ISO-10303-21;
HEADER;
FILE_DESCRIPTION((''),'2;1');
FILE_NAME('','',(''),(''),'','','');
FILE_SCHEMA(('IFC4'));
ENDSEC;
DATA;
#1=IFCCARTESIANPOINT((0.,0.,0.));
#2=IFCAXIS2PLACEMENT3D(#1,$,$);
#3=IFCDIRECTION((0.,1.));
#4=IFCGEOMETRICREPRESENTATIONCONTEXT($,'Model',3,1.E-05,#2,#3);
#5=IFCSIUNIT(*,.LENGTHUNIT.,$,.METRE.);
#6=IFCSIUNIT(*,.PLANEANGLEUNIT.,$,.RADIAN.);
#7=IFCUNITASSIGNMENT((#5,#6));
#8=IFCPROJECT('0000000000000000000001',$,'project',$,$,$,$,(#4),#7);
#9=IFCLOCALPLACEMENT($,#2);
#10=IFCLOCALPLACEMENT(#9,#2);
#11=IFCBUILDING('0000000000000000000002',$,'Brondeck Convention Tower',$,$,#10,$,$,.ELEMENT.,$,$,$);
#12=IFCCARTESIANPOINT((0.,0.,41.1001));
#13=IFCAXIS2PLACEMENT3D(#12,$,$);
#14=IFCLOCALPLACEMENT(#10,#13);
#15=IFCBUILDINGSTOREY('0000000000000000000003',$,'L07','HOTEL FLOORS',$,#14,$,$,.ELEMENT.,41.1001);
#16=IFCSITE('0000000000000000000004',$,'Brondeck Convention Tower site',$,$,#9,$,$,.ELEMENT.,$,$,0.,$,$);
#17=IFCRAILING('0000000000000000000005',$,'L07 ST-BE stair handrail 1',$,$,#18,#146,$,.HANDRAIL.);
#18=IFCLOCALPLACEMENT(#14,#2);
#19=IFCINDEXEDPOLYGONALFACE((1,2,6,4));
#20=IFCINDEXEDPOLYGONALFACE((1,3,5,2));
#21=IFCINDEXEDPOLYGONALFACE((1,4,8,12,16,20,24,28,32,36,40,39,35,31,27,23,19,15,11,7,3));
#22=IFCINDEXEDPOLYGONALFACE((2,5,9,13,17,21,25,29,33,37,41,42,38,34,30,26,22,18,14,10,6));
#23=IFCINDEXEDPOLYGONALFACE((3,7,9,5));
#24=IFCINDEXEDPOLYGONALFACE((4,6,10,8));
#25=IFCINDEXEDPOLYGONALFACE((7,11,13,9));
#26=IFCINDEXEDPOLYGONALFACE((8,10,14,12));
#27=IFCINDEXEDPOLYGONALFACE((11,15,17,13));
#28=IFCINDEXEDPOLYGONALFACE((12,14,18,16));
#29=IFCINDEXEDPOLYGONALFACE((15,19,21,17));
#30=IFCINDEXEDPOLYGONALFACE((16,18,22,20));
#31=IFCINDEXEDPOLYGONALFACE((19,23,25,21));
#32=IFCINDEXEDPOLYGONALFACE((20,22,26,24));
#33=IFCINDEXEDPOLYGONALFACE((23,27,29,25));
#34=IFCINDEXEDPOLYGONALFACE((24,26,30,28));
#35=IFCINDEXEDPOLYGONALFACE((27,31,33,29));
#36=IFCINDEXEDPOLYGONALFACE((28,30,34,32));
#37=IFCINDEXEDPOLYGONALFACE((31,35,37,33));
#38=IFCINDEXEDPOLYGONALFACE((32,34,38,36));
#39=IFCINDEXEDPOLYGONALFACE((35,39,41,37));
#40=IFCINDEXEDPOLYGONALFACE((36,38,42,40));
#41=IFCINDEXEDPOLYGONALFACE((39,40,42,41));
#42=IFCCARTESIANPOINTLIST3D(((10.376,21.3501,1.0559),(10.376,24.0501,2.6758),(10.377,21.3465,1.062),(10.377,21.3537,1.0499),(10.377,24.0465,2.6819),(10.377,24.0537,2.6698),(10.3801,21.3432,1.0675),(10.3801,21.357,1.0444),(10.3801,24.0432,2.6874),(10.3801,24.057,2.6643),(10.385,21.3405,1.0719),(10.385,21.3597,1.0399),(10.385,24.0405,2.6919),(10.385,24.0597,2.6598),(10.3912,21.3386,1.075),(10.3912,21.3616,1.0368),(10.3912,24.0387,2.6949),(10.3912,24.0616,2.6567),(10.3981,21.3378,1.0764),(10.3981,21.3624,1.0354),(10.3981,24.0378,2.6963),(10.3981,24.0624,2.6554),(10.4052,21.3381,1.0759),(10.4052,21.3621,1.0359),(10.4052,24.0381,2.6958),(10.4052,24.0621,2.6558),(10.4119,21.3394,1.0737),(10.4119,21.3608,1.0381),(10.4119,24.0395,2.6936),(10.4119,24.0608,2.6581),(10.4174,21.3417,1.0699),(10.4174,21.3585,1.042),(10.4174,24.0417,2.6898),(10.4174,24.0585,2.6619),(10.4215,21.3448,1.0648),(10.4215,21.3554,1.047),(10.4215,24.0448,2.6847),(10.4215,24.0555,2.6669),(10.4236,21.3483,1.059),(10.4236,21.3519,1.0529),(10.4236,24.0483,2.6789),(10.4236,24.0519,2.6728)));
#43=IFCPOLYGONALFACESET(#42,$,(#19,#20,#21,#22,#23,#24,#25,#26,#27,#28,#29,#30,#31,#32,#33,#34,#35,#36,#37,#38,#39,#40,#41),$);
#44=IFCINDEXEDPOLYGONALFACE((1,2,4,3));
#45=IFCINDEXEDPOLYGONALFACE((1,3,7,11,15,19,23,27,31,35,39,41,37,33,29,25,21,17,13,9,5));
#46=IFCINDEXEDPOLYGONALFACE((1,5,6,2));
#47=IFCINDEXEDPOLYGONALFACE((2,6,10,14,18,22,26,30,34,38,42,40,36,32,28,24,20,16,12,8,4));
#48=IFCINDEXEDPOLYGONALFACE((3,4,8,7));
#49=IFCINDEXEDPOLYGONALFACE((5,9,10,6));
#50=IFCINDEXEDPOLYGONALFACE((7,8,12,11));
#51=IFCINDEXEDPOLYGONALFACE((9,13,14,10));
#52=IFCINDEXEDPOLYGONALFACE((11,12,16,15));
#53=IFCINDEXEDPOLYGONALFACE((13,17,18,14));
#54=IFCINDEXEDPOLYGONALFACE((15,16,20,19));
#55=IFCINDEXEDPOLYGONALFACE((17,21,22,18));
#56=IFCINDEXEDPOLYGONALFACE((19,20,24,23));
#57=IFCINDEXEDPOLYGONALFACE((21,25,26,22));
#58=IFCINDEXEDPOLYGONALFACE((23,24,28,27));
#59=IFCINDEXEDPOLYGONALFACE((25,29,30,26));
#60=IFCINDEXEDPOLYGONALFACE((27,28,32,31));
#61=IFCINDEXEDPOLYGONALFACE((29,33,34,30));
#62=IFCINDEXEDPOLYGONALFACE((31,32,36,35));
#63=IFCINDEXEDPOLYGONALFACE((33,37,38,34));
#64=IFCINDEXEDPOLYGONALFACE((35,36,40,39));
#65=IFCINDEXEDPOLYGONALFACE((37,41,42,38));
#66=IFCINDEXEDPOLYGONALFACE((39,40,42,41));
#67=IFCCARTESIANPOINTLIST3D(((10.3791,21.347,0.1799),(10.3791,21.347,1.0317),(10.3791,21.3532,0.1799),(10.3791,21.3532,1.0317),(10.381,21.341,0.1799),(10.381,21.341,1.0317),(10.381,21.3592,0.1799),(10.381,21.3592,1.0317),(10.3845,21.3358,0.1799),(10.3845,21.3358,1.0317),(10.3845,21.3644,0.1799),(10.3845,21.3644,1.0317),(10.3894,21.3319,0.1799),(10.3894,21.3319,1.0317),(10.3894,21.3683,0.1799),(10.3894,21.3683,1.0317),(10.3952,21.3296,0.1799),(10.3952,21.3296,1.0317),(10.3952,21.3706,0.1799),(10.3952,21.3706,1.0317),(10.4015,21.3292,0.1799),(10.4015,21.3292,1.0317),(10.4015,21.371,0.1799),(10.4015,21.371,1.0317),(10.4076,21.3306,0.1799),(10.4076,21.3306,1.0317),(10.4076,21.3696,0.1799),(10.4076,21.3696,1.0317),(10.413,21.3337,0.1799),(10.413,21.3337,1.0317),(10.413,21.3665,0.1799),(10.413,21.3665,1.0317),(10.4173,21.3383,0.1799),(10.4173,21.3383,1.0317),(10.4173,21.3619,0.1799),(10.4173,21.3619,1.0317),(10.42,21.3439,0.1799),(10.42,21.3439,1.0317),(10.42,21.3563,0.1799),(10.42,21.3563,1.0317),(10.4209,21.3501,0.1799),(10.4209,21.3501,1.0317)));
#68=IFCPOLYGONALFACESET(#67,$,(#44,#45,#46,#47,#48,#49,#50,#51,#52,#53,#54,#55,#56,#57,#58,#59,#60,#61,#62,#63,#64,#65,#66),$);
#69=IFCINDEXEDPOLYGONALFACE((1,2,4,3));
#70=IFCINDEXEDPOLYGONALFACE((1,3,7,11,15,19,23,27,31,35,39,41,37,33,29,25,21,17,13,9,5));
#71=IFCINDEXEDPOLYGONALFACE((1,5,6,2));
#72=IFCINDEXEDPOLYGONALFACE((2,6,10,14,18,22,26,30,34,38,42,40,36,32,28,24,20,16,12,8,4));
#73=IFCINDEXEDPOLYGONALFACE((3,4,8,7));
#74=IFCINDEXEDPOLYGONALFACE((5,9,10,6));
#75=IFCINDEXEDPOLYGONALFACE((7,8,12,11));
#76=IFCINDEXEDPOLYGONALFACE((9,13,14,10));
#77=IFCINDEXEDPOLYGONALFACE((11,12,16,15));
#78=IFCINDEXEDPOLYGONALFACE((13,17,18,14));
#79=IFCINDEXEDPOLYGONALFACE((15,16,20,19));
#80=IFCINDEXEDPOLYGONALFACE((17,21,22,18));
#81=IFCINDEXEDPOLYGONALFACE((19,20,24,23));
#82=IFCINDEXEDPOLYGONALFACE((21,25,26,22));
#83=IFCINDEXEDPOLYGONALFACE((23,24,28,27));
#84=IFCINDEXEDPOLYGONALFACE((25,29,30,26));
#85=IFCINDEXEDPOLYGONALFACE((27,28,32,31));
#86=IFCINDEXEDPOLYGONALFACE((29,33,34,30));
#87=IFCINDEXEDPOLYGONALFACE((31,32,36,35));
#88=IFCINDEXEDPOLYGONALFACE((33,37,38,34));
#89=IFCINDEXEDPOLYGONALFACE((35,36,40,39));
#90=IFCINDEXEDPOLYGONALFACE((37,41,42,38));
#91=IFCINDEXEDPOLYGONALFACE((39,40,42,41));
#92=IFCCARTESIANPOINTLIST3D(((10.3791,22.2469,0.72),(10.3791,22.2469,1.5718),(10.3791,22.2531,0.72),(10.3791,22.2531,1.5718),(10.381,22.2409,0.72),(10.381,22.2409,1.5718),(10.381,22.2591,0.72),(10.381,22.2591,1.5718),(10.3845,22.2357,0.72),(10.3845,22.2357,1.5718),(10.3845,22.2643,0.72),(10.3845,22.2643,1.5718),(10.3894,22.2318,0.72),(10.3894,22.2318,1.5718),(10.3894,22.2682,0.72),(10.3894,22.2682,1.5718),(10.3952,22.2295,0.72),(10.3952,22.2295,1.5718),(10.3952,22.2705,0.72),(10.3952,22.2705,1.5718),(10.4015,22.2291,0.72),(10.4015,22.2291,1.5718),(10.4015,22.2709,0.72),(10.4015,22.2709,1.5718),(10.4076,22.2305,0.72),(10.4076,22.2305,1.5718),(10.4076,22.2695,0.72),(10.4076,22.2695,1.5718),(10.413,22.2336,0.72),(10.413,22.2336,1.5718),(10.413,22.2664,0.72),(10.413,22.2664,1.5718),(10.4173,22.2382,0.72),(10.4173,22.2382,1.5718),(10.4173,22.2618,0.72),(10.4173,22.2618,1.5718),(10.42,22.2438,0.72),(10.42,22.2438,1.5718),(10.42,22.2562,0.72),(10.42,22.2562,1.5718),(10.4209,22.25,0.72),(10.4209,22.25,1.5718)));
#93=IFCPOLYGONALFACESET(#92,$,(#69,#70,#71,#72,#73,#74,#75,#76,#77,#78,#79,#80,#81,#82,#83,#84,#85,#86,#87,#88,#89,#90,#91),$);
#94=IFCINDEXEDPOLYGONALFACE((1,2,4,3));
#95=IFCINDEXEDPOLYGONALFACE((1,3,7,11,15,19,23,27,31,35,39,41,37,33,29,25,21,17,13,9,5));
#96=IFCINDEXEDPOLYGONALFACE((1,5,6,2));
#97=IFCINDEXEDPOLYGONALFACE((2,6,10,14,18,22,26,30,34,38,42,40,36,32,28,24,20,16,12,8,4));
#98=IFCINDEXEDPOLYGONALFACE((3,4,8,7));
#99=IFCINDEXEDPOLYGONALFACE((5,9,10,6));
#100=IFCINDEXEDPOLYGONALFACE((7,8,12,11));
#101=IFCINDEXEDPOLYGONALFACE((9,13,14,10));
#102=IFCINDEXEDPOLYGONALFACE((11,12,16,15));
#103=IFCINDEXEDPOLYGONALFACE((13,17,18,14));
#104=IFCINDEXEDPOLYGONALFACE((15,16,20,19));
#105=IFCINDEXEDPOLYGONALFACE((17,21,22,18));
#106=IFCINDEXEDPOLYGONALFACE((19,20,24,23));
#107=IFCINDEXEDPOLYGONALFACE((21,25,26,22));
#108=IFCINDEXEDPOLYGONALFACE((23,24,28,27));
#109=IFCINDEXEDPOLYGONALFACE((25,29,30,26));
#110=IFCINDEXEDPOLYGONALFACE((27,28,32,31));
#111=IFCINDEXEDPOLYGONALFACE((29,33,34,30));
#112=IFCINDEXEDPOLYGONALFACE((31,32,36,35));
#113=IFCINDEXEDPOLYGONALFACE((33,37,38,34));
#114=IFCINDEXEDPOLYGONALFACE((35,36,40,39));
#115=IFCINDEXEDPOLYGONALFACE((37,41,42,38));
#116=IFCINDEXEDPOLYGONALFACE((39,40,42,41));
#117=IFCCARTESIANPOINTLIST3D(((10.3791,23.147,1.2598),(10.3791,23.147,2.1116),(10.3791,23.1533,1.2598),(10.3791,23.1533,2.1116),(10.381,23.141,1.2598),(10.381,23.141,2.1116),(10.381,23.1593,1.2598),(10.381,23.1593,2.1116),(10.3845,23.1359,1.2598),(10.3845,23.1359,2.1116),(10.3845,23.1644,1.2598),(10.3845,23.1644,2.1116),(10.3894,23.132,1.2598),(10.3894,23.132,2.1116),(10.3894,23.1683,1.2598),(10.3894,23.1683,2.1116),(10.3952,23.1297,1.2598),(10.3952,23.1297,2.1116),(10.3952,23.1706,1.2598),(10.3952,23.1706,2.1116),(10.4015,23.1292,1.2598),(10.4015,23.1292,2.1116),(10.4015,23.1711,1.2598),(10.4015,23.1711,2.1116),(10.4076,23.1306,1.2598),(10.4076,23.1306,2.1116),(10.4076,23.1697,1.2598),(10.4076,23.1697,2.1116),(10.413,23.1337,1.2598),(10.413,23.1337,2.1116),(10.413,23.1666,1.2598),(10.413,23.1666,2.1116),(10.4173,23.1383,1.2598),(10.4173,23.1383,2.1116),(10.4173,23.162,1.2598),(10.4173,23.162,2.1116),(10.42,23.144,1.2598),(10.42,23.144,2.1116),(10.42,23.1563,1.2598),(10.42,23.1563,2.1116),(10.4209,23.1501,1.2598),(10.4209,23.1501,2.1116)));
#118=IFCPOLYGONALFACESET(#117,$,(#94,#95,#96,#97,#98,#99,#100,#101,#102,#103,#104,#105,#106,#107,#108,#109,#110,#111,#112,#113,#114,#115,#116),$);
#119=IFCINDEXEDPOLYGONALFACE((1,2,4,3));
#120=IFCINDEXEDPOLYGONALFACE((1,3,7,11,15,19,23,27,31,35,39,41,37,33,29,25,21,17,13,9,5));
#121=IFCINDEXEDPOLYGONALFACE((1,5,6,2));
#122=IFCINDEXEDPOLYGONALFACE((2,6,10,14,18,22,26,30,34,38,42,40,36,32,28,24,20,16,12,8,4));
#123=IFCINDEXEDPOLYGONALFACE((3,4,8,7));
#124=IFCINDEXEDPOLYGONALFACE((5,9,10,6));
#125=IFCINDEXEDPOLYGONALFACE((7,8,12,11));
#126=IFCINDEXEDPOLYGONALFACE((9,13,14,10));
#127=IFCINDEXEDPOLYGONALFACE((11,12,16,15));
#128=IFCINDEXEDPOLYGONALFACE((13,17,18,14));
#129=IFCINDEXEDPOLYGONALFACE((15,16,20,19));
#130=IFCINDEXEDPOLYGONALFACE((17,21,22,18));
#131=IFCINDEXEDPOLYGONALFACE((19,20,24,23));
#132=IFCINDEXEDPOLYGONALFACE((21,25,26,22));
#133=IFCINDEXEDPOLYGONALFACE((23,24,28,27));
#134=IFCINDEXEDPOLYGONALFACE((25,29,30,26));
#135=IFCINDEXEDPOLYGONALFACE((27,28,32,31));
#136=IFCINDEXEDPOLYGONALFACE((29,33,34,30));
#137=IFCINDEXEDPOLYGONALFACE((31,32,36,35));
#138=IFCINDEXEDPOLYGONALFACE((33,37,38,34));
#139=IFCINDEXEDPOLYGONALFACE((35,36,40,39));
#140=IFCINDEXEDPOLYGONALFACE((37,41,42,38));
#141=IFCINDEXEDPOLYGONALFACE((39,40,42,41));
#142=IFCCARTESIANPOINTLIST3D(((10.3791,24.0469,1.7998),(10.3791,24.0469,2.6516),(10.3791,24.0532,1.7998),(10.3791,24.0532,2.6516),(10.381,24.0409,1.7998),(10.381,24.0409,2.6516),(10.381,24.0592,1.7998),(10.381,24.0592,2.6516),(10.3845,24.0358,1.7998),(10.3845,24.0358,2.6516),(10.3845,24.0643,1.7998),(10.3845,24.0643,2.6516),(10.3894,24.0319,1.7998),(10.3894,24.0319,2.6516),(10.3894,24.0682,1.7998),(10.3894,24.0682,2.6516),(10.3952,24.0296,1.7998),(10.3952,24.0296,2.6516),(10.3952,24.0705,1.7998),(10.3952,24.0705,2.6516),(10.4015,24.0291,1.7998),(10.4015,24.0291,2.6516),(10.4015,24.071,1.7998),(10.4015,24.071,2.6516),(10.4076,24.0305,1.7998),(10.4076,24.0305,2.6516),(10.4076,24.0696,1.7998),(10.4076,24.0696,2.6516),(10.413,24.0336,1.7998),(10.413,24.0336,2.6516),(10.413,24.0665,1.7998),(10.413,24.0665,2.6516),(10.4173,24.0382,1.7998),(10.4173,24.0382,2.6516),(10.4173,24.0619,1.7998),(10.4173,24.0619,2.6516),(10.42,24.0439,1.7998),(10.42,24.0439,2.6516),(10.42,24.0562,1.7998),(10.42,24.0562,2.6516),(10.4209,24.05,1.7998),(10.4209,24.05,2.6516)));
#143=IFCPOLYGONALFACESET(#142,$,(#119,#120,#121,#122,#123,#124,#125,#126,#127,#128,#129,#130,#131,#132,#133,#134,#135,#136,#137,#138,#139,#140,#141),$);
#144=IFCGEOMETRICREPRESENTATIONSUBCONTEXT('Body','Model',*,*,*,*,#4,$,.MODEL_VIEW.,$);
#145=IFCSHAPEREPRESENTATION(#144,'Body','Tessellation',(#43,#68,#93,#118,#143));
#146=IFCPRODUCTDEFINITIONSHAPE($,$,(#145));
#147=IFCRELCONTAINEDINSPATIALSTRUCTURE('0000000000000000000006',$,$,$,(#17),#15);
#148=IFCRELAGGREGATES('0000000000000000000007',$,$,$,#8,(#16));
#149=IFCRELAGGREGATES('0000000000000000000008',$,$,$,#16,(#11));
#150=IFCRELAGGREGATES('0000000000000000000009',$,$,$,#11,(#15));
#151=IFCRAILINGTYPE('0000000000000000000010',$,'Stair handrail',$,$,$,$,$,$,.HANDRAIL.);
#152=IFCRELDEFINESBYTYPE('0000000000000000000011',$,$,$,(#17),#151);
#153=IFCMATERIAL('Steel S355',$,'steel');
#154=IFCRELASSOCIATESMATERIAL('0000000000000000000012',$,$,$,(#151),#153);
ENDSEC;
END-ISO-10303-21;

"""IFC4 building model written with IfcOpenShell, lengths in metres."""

from ifc_helpers import new_model, si_unit, direction, frame, origin, origin_2d, place, context, subcontext, project, spatial, circle, extrude, material, type_object, element, save


model = new_model("IFC4")

# Units and contexts
model_context = context("Model", 3, precision=1e-05, world=origin(), true_north=direction((0.0, 1.0)))
body_context = subcontext(model_context, "Body", "Model", "MODEL_VIEW")
ifc_project = project(units=[si_unit("LENGTHUNIT", "METRE"), si_unit("PLANEANGLEUNIT", "RADIAN")], contexts=[model_context])

# Site, building, storey
site_placement = place(None, origin())
site = spatial("IfcSite", under=ifc_project, at=site_placement, Name="Brondeck Convention Tower site", CompositionType="ELEMENT", RefElevation=0.0)
building_placement = place(site_placement, origin())
building = spatial("IfcBuilding", under=site, at=building_placement, Name="Brondeck Convention Tower", CompositionType="ELEMENT")
storey_placement = place(building_placement, frame((0.0, 0.0, 41.1001)))
storey = spatial("IfcBuildingStorey", under=building, at=storey_placement, Name="L07", Description="HOTEL FLOORS", CompositionType="ELEMENT", Elevation=41.1001)

# Shared definitions
ifc_material_1 = material(Name="Steel S355", Category="steel")

# Railing
railing_type_1 = type_object("IfcRailingType", Name="Stair handrail", PredefinedType="HANDRAIL", material=ifc_material_1)
railing_1_placement = place(storey_placement, frame((10.3999, 21.3501, 0.1799)))
element("IfcRailing", 1, at=railing_1_placement, inside=storey, type_object=railing_type_1, Name="L07 ST-BE stair handrail 1", PredefinedType="HANDRAIL", context=body_context, shape_type="SweptSolid", body=[
    extrude(circle(Radius=0.0239, at=origin_2d()), frame((0.0, 0.0, 0.876), z_axis=(0.0, 0.857507, 0.514473), x_axis=(-1.0, 0.0, 0.0)), (0.0, 0.0, 1.0), 3.1487),
    extrude(circle(Radius=0.021, at=origin_2d()), origin(), (0.0, 0.0, 1.0), 0.8518),
    extrude(circle(Radius=0.021, at=origin_2d()), frame((0.0, 0.8999, 0.54)), (0.0, 0.0, 1.0), 0.8518),
    extrude(circle(Radius=0.021, at=origin_2d()), frame((0.0, 1.8, 1.0798)), (0.0, 0.0, 1.0), 0.8518),
    extrude(circle(Radius=0.021, at=origin_2d()), frame((0.0, 2.7, 1.6199)), (0.0, 0.0, 1.0), 0.8518),
])

save(model, "model.ifc")
